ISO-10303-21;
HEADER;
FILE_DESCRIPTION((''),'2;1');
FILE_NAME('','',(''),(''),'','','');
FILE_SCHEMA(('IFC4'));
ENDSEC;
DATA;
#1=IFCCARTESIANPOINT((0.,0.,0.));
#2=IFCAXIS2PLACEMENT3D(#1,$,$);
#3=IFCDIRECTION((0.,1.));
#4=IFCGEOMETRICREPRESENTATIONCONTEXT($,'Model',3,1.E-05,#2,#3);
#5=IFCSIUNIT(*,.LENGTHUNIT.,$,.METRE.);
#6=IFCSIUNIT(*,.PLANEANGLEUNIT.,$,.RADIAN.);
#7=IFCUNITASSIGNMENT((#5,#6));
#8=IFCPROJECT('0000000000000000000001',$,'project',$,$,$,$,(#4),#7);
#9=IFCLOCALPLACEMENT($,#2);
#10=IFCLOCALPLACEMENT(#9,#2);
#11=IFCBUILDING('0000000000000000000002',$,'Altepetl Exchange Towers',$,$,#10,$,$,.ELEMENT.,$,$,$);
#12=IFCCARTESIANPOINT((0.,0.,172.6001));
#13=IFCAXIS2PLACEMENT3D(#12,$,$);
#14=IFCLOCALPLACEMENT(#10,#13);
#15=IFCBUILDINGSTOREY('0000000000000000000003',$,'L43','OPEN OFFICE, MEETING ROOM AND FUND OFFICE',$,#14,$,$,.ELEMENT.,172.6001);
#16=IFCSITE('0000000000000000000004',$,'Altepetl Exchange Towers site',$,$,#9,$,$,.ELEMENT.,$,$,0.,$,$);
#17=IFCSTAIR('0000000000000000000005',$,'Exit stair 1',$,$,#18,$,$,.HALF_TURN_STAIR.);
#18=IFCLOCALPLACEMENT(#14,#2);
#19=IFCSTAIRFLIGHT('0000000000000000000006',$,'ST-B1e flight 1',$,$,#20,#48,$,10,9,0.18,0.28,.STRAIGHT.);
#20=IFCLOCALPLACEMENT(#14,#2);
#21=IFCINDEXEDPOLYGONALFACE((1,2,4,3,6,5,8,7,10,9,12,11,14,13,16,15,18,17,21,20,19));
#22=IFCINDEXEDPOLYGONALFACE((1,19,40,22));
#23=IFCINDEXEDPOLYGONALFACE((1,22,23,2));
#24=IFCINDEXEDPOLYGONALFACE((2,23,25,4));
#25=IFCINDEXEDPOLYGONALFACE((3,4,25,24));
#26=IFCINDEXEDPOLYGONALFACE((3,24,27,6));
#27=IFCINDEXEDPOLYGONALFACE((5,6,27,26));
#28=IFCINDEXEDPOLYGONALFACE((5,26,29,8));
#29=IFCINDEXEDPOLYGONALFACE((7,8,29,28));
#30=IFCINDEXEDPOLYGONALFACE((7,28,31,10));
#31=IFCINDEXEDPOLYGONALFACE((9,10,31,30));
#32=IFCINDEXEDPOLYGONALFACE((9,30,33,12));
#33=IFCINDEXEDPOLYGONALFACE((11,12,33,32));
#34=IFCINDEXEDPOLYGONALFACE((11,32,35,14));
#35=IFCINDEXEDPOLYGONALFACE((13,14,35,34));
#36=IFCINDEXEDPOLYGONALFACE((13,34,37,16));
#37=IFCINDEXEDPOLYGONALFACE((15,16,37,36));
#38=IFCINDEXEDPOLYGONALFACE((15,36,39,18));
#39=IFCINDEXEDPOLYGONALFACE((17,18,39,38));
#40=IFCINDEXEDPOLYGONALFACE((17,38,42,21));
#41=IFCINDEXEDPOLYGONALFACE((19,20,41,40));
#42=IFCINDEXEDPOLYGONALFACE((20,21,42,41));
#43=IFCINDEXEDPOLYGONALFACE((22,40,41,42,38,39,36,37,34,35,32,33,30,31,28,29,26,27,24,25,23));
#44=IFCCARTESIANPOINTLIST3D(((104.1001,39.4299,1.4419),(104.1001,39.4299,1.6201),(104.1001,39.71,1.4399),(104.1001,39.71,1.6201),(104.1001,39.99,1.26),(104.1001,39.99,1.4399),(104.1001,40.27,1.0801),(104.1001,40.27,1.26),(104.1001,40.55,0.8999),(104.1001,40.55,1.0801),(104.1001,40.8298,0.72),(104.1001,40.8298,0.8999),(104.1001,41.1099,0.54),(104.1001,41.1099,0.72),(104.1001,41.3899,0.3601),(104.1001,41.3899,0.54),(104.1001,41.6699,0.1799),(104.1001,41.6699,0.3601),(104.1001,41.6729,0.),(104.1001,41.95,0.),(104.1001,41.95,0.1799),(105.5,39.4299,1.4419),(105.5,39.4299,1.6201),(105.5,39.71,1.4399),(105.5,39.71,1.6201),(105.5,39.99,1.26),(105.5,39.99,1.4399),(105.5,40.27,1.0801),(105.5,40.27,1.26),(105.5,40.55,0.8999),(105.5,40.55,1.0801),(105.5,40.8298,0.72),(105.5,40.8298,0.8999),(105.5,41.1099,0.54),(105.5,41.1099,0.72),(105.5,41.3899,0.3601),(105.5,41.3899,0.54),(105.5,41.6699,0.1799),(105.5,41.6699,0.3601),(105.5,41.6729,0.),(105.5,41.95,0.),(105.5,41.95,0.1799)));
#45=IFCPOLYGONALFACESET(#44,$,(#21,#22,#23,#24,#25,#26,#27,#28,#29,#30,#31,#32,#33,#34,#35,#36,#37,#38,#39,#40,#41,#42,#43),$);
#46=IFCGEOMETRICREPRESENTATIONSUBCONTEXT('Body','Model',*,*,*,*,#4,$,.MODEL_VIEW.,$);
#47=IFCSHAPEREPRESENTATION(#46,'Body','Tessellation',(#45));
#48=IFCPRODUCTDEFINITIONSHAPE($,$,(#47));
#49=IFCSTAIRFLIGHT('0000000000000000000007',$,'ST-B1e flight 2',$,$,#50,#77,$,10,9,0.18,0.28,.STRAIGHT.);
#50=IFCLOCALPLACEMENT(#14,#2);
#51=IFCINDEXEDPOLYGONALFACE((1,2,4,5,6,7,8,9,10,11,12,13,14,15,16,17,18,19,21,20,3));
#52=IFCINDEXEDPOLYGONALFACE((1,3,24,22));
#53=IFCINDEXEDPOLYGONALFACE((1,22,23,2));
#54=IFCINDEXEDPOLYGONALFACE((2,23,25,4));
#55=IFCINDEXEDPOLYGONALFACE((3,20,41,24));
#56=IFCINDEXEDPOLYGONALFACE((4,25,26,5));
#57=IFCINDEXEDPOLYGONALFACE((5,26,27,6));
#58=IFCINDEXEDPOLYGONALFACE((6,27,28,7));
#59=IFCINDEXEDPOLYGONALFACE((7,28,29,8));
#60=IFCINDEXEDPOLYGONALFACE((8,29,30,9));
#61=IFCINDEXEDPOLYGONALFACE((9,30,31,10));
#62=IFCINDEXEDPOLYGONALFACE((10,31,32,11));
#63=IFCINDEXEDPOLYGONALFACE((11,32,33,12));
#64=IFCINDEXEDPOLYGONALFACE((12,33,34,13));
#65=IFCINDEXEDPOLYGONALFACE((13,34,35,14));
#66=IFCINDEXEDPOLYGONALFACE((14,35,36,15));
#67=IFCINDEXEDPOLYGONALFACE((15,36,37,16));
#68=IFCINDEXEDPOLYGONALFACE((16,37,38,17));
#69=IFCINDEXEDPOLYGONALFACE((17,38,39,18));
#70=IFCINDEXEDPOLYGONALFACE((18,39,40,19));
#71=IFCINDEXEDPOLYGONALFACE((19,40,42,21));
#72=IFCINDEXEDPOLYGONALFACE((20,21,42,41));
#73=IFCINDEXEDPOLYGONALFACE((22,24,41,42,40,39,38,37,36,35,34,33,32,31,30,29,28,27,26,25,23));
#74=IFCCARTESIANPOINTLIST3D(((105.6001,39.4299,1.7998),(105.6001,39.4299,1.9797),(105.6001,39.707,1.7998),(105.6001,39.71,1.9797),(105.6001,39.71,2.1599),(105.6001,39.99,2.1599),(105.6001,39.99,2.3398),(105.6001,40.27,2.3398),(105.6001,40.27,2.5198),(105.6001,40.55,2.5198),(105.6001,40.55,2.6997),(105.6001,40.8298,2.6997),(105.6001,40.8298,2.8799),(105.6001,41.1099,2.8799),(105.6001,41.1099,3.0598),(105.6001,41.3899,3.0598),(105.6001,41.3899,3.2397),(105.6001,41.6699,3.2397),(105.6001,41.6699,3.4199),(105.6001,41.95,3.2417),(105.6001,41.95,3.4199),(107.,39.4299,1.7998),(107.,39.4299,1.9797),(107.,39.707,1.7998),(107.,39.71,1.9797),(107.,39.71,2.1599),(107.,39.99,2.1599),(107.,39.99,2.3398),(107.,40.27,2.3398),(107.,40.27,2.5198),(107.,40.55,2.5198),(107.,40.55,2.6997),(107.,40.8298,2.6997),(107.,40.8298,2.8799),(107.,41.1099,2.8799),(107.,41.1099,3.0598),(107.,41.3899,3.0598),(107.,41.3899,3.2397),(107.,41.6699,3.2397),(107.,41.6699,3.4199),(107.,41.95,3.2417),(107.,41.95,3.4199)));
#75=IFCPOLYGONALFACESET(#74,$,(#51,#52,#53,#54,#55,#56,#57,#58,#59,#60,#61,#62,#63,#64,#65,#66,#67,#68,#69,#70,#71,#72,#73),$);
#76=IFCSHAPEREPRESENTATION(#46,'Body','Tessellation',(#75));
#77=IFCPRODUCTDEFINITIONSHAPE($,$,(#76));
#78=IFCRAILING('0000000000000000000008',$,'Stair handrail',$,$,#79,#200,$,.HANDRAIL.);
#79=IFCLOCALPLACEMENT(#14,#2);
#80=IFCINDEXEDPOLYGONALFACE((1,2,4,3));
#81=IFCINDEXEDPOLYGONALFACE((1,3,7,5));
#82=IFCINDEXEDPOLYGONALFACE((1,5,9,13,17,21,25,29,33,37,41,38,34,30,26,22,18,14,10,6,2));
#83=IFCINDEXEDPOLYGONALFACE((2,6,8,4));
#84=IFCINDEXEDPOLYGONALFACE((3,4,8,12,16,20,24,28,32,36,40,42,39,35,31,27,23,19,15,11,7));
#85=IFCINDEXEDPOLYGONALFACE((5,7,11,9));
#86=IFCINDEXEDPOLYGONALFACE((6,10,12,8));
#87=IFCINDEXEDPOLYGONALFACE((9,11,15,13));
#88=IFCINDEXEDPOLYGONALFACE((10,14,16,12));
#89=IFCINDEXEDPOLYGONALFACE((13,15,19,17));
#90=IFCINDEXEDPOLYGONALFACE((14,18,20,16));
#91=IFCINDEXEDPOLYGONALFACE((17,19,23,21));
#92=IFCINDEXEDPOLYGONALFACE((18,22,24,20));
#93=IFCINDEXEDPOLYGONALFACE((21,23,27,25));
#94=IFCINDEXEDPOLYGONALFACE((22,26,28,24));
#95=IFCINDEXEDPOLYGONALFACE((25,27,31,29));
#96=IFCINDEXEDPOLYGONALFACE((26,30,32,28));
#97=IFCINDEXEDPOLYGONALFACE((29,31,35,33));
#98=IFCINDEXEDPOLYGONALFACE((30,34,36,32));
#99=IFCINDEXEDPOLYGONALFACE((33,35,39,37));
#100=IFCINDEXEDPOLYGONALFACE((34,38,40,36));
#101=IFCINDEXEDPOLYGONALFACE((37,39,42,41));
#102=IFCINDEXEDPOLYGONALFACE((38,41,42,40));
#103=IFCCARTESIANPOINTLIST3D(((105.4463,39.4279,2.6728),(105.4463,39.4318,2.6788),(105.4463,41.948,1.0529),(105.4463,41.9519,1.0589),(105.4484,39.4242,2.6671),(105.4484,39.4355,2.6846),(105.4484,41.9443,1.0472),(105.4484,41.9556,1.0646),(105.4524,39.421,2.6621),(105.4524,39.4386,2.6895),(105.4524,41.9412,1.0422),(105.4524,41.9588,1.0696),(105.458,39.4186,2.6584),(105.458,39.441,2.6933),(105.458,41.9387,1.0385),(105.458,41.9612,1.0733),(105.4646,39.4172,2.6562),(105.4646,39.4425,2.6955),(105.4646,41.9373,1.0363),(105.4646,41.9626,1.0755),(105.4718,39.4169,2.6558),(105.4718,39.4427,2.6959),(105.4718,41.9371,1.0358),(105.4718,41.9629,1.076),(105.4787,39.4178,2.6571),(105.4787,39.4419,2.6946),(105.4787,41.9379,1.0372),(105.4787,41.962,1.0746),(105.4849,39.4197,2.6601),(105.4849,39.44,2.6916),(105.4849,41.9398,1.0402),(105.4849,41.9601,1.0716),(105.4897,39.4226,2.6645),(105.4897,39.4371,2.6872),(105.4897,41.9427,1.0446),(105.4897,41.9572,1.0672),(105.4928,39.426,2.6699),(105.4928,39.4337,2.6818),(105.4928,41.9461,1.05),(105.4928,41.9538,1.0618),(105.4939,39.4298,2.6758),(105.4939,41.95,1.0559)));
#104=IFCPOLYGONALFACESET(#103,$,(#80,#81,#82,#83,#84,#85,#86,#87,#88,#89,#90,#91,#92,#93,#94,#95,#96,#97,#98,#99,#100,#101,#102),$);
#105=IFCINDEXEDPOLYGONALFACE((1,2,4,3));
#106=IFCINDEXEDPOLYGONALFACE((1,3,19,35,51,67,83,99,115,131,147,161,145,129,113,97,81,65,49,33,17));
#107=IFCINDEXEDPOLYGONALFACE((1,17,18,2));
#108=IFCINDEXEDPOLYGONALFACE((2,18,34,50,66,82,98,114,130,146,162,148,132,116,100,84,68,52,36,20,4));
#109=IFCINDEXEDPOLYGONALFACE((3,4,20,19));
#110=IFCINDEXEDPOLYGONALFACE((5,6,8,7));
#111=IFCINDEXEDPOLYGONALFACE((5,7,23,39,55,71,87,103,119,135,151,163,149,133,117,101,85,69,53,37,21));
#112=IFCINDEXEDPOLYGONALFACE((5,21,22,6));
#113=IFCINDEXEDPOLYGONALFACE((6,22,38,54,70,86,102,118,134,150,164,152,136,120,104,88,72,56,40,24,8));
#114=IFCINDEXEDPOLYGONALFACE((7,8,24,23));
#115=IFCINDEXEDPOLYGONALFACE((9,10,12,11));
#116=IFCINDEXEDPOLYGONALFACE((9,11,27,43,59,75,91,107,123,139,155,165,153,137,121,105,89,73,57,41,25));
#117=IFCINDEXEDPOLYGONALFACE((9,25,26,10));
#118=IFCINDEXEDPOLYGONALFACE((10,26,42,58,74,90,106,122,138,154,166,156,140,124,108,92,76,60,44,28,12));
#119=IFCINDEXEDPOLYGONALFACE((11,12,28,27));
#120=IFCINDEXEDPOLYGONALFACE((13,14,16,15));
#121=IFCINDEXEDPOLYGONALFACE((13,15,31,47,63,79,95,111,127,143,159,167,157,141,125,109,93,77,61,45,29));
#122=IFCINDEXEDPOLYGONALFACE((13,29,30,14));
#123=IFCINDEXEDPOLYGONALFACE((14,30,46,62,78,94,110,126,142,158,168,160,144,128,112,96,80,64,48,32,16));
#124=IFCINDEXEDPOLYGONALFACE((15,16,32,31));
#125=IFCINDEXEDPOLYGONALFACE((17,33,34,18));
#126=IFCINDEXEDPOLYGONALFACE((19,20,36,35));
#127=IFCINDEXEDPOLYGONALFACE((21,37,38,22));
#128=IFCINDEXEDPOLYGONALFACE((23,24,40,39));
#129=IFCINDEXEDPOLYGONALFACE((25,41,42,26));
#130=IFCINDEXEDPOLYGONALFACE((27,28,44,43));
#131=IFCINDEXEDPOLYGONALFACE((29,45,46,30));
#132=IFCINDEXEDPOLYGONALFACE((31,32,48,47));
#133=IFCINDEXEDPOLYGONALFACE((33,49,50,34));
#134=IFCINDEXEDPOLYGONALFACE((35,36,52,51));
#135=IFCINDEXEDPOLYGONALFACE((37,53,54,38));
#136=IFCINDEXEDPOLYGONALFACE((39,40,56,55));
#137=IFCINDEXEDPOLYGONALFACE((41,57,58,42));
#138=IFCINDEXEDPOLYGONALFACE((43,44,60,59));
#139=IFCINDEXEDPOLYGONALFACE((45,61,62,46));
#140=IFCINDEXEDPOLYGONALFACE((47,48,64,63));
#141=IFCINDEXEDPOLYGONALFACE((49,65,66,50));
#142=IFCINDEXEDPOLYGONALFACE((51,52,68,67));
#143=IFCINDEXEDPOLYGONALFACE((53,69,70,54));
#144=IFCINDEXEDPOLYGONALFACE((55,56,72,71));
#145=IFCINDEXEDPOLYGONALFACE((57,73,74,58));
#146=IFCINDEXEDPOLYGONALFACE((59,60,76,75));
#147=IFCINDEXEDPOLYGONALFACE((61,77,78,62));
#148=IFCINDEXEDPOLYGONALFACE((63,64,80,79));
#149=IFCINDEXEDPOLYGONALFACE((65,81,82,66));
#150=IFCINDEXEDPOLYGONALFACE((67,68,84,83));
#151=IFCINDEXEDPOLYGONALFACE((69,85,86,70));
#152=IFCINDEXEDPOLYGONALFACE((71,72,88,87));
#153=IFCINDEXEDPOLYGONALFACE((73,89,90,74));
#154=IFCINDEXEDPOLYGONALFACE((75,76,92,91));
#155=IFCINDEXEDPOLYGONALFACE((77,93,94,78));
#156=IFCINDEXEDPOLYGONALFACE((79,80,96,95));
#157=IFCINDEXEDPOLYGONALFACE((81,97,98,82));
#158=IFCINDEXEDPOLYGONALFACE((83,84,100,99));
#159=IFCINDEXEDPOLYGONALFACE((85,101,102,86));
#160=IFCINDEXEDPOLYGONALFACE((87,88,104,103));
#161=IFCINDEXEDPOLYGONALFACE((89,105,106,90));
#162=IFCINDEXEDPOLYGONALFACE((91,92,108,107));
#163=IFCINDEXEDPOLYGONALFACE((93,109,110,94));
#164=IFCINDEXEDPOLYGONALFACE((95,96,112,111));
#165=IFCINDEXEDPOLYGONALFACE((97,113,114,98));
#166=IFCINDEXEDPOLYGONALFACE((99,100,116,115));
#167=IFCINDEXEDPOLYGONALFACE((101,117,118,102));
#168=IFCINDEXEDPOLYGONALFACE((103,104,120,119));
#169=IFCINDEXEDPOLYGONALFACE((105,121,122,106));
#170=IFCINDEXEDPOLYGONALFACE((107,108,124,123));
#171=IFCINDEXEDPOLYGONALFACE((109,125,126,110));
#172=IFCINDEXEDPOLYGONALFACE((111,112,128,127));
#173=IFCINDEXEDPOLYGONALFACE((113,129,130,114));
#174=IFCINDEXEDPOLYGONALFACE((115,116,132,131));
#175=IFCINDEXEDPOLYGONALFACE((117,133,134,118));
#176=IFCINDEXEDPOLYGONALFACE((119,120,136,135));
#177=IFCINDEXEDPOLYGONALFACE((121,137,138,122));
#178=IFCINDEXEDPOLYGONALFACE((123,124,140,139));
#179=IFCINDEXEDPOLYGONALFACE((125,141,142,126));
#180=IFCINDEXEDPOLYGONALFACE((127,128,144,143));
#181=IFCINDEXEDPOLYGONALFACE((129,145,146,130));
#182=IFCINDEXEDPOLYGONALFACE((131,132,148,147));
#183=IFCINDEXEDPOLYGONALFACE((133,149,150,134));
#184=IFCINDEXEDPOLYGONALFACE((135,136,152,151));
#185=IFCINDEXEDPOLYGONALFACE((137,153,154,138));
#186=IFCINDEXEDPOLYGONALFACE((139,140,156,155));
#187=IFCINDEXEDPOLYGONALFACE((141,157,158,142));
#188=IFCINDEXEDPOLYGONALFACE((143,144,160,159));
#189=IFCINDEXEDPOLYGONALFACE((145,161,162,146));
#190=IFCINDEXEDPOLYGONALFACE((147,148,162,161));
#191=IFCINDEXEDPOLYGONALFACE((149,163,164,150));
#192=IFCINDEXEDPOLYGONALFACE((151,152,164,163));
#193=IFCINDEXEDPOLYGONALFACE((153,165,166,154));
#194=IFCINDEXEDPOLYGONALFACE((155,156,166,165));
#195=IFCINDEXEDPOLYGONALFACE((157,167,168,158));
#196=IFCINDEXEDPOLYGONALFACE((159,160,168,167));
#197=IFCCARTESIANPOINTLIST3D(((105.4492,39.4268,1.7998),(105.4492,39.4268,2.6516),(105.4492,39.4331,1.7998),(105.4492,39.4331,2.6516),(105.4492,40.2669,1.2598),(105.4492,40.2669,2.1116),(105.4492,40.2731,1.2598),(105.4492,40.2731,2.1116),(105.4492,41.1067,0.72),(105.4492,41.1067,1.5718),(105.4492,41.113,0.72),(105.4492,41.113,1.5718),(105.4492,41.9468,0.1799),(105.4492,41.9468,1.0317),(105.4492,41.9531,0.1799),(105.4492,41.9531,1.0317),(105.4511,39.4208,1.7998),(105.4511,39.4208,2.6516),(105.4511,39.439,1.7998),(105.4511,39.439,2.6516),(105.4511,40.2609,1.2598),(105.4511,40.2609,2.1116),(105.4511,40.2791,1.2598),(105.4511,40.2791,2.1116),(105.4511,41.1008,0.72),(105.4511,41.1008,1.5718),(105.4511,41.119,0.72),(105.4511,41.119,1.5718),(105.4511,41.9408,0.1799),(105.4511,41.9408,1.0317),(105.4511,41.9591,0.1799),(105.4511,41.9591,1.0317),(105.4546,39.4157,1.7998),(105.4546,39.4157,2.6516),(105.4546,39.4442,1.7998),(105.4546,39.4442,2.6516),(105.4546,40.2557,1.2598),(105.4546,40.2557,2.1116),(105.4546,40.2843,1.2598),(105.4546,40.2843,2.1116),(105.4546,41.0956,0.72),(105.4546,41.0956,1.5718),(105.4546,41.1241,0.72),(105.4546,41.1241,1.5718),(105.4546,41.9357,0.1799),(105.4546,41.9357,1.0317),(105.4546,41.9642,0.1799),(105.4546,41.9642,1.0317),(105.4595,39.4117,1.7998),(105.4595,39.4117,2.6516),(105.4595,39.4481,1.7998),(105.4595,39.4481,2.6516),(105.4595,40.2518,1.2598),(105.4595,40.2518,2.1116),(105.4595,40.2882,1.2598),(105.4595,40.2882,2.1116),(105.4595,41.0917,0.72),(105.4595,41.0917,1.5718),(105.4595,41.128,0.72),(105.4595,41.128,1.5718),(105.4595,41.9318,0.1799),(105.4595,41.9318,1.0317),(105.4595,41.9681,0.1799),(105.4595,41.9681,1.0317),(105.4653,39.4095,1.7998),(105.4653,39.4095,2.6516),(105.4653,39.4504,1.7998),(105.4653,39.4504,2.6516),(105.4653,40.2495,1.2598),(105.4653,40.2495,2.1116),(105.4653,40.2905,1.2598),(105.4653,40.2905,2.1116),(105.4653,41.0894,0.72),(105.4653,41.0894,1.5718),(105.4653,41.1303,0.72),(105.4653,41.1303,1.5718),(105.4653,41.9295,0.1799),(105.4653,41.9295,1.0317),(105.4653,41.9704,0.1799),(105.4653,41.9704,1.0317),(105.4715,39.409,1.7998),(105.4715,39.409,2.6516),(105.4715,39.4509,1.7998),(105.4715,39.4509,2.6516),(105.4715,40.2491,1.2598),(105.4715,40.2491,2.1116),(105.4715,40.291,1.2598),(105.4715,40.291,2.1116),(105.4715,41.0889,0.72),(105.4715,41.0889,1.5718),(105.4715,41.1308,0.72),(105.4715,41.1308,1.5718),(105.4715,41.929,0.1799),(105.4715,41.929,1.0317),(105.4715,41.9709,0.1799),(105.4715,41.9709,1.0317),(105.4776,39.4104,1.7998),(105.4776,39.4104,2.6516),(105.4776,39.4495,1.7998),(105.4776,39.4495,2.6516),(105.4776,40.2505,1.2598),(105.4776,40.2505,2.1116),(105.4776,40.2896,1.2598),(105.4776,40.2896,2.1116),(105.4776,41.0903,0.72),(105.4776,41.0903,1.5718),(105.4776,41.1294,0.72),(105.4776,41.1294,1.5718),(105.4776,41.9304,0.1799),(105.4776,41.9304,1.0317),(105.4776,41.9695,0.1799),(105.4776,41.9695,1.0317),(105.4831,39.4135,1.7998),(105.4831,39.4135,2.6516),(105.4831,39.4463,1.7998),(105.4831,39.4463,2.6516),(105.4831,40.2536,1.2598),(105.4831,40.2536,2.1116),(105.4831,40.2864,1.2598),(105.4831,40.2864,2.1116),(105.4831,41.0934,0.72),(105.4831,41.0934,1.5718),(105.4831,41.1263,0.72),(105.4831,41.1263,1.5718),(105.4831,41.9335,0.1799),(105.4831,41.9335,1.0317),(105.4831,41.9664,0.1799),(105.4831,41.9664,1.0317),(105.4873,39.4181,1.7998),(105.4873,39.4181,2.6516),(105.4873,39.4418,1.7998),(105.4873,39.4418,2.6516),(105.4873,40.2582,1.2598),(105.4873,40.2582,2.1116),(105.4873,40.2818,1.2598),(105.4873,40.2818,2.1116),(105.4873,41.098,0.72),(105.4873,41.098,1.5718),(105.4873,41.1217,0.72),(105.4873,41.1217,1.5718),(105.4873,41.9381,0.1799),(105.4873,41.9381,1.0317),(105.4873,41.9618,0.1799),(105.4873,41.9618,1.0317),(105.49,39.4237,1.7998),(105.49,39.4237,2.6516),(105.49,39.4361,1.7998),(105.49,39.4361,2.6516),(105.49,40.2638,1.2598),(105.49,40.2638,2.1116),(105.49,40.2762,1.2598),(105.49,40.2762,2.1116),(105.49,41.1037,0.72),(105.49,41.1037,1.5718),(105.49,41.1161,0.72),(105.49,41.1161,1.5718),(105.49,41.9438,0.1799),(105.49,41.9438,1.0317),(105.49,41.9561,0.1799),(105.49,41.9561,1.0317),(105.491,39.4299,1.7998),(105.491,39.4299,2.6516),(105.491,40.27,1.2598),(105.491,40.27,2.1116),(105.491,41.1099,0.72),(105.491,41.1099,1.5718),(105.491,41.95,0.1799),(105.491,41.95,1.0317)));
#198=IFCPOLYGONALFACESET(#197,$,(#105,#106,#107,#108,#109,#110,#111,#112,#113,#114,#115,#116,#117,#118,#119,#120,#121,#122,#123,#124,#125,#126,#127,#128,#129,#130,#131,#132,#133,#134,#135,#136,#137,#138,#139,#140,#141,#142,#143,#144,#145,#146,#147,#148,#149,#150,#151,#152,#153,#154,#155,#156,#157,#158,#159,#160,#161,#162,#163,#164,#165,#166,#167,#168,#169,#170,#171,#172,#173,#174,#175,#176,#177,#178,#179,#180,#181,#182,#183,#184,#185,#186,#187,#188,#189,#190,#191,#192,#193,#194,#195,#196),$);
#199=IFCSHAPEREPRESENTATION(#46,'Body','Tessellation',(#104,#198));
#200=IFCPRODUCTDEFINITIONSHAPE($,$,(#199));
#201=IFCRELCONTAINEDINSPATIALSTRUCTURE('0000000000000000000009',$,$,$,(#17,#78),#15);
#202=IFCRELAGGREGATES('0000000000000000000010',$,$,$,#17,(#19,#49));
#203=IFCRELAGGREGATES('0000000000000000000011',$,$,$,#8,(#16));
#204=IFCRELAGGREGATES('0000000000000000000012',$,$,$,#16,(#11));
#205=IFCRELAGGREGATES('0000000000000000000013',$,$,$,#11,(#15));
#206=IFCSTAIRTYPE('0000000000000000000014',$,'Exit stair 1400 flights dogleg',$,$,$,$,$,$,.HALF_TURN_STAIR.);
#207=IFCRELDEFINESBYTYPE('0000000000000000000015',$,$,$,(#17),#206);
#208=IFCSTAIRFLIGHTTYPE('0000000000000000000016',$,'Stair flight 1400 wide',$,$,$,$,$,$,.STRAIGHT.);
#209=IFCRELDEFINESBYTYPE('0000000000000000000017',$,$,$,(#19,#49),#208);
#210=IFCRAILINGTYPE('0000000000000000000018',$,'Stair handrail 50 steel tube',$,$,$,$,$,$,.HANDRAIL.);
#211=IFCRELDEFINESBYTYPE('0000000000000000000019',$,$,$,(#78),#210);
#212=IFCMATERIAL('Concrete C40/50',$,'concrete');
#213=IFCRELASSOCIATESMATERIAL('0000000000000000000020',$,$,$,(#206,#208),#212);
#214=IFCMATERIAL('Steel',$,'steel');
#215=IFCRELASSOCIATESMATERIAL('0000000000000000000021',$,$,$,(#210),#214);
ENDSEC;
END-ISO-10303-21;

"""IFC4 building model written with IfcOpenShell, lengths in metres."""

from ifc_helpers import new_model, si_unit, direction, frame, origin, origin_2d, place, context, subcontext, project, spatial, polyline, circle, outline, extrude, source, transform, mapped, material, type_object, element, aggregate, save


model = new_model("IFC4")

# Units and contexts
model_context = context("Model", 3, precision=1e-05, world=origin(), true_north=direction((0.0, 1.0)))
body_context = subcontext(model_context, "Body", "Model", "MODEL_VIEW")
ifc_project = project(units=[si_unit("LENGTHUNIT", "METRE"), si_unit("PLANEANGLEUNIT", "RADIAN")], contexts=[model_context])

# Site, building, storey
site_placement = place(None, origin())
site = spatial("IfcSite", under=ifc_project, at=site_placement, Name="Altepetl Exchange Towers site", CompositionType="ELEMENT", RefElevation=0.0)
building_placement = place(site_placement, origin())
building = spatial("IfcBuilding", under=site, at=building_placement, Name="Altepetl Exchange Towers", CompositionType="ELEMENT")
storey_placement = place(building_placement, frame((0.0, 0.0, 172.6001)))
storey = spatial("IfcBuildingStorey", under=building, at=storey_placement, Name="L43", Description="OPEN OFFICE, MEETING ROOM AND FUND OFFICE", CompositionType="ELEMENT", Elevation=172.6001)

# Shared definitions
ifc_material_1 = material(Name="Concrete C40/50", Category="concrete")

# Stair, stair flights
stair_type = type_object("IfcStairType", Name="Exit stair 1400 flights dogleg", PredefinedType="HALF_TURN_STAIR", material=ifc_material_1)
stair_placement = place(storey_placement, origin())
stair = element("IfcStair", 1, at=stair_placement, inside=storey, type_object=stair_type, Name="Exit stair 1", PredefinedType="HALF_TURN_STAIR")
stair_flight_type = type_object("IfcStairFlightType", Name="Stair flight 1400 wide", PredefinedType="STRAIGHT", material=ifc_material_1)
stair_flight_1_placement = place(storey_placement, frame((104.8, 41.95, 0.0), z_axis=(0.0, 0.0, 1.0), x_axis=(0.0, -1.0, 0.0)))
stair_flight_1 = element("IfcStairFlight", 2, at=stair_flight_1_placement, type_object=stair_flight_type, Name="ST-B1e flight 1", NumberOfRisers=10, NumberOfTreads=9, PredefinedType="STRAIGHT", RiserHeight=0.18, TreadLength=0.28, context=body_context, shape_type="SweptSolid", body=[
    extrude(outline(polyline([(0.0, 0.0), (0.0, 0.1799), (0.28, 0.1799), (0.28, 0.3601), (0.5601, 0.3601), (0.5601, 0.54), (0.8401, 0.54), (0.8401, 0.72), (1.1201, 0.72), (1.1201, 0.8999), (1.3999, 0.8999), (1.3999, 1.0801), (1.6799, 1.0801), (1.6799, 1.26), (1.96, 1.26), (1.96, 1.4399), (2.24, 1.4399), (2.24, 1.6201), (2.52, 1.6201), (2.52, 1.8), (2.52, 1.4419), (0.2771, 0.0), (0.0, 0.0)])), frame((0.0, 0.7, 0.0), z_axis=(0.0, -1.0, 0.0), x_axis=(1.0, 0.0, 0.0)), (0.0, 0.0, 1.0), 1.3999),
])
stair_flight_2_placement = place(storey_placement, frame((106.3, 39.4299, 1.7998), z_axis=(0.0, 0.0, 1.0), x_axis=(0.0, 1.0, 0.0)))
stair_flight_2 = element("IfcStairFlight", 3, at=stair_flight_2_placement, type_object=stair_flight_type, Name="ST-B1e flight 2", NumberOfRisers=10, NumberOfTreads=9, PredefinedType="STRAIGHT", RiserHeight=0.18, TreadLength=0.28, context=body_context, shape_type="SweptSolid", body=[
    extrude(outline(polyline([(0.0, 0.0), (0.0, 0.1799), (0.28, 0.1799), (0.28, 0.3601), (0.5601, 0.3601), (0.5601, 0.54), (0.8401, 0.54), (0.8401, 0.72), (1.1201, 0.72), (1.1201, 0.8999), (1.3999, 0.8999), (1.3999, 1.0801), (1.6799, 1.0801), (1.6799, 1.26), (1.96, 1.26), (1.96, 1.4399), (2.24, 1.4399), (2.24, 1.6201), (2.52, 1.6201), (2.52, 1.8), (2.52, 1.4419), (0.2771, 0.0), (0.0, 0.0)])), frame((0.0, 0.7, 0.0), z_axis=(0.0, -1.0, 0.0), x_axis=(1.0, 0.0, 0.0)), (0.0, 0.0, 1.0), 1.3999),
])
aggregate(stair, [stair_flight_1, stair_flight_2])

# Railing
ifc_material_2 = material(Name="Steel", Category="steel")
railing_type = type_object("IfcRailingType", Name="Stair handrail 50 steel tube", PredefinedType="HANDRAIL", material=ifc_material_2)
shared_shape = source(origin(), body_context, "Body", "SweptSolid", [
    extrude(circle(Radius=0.021, at=origin_2d()), origin(), (0.0, 0.0, 1.0), 0.8518),
])
railing_1_placement = place(storey_placement, frame((105.47, 41.95, 0.1799)))
element("IfcRailing", 4, at=railing_1_placement, inside=storey, type_object=railing_type, Name="Stair handrail", PredefinedType="HANDRAIL", context=body_context, shape_type="SweptSolid", body=[
    extrude(circle(Radius=0.0239, at=origin_2d()), frame((0.0, 0.0, 0.876), z_axis=(0.0, -0.8412, 0.540725), x_axis=(1.0, 0.0, 0.0)), (0.0, 0.0, 1.0), 2.9958),
    mapped(shared_shape, transform((0.0, 0.0, 0.0))),
    mapped(shared_shape, transform((0.0, -0.8401, 0.54))),
    mapped(shared_shape, transform((0.0, -1.6799, 1.0798))),
    mapped(shared_shape, transform((0.0, -2.52, 1.6199))),
])

save(model, "model.ifc")
